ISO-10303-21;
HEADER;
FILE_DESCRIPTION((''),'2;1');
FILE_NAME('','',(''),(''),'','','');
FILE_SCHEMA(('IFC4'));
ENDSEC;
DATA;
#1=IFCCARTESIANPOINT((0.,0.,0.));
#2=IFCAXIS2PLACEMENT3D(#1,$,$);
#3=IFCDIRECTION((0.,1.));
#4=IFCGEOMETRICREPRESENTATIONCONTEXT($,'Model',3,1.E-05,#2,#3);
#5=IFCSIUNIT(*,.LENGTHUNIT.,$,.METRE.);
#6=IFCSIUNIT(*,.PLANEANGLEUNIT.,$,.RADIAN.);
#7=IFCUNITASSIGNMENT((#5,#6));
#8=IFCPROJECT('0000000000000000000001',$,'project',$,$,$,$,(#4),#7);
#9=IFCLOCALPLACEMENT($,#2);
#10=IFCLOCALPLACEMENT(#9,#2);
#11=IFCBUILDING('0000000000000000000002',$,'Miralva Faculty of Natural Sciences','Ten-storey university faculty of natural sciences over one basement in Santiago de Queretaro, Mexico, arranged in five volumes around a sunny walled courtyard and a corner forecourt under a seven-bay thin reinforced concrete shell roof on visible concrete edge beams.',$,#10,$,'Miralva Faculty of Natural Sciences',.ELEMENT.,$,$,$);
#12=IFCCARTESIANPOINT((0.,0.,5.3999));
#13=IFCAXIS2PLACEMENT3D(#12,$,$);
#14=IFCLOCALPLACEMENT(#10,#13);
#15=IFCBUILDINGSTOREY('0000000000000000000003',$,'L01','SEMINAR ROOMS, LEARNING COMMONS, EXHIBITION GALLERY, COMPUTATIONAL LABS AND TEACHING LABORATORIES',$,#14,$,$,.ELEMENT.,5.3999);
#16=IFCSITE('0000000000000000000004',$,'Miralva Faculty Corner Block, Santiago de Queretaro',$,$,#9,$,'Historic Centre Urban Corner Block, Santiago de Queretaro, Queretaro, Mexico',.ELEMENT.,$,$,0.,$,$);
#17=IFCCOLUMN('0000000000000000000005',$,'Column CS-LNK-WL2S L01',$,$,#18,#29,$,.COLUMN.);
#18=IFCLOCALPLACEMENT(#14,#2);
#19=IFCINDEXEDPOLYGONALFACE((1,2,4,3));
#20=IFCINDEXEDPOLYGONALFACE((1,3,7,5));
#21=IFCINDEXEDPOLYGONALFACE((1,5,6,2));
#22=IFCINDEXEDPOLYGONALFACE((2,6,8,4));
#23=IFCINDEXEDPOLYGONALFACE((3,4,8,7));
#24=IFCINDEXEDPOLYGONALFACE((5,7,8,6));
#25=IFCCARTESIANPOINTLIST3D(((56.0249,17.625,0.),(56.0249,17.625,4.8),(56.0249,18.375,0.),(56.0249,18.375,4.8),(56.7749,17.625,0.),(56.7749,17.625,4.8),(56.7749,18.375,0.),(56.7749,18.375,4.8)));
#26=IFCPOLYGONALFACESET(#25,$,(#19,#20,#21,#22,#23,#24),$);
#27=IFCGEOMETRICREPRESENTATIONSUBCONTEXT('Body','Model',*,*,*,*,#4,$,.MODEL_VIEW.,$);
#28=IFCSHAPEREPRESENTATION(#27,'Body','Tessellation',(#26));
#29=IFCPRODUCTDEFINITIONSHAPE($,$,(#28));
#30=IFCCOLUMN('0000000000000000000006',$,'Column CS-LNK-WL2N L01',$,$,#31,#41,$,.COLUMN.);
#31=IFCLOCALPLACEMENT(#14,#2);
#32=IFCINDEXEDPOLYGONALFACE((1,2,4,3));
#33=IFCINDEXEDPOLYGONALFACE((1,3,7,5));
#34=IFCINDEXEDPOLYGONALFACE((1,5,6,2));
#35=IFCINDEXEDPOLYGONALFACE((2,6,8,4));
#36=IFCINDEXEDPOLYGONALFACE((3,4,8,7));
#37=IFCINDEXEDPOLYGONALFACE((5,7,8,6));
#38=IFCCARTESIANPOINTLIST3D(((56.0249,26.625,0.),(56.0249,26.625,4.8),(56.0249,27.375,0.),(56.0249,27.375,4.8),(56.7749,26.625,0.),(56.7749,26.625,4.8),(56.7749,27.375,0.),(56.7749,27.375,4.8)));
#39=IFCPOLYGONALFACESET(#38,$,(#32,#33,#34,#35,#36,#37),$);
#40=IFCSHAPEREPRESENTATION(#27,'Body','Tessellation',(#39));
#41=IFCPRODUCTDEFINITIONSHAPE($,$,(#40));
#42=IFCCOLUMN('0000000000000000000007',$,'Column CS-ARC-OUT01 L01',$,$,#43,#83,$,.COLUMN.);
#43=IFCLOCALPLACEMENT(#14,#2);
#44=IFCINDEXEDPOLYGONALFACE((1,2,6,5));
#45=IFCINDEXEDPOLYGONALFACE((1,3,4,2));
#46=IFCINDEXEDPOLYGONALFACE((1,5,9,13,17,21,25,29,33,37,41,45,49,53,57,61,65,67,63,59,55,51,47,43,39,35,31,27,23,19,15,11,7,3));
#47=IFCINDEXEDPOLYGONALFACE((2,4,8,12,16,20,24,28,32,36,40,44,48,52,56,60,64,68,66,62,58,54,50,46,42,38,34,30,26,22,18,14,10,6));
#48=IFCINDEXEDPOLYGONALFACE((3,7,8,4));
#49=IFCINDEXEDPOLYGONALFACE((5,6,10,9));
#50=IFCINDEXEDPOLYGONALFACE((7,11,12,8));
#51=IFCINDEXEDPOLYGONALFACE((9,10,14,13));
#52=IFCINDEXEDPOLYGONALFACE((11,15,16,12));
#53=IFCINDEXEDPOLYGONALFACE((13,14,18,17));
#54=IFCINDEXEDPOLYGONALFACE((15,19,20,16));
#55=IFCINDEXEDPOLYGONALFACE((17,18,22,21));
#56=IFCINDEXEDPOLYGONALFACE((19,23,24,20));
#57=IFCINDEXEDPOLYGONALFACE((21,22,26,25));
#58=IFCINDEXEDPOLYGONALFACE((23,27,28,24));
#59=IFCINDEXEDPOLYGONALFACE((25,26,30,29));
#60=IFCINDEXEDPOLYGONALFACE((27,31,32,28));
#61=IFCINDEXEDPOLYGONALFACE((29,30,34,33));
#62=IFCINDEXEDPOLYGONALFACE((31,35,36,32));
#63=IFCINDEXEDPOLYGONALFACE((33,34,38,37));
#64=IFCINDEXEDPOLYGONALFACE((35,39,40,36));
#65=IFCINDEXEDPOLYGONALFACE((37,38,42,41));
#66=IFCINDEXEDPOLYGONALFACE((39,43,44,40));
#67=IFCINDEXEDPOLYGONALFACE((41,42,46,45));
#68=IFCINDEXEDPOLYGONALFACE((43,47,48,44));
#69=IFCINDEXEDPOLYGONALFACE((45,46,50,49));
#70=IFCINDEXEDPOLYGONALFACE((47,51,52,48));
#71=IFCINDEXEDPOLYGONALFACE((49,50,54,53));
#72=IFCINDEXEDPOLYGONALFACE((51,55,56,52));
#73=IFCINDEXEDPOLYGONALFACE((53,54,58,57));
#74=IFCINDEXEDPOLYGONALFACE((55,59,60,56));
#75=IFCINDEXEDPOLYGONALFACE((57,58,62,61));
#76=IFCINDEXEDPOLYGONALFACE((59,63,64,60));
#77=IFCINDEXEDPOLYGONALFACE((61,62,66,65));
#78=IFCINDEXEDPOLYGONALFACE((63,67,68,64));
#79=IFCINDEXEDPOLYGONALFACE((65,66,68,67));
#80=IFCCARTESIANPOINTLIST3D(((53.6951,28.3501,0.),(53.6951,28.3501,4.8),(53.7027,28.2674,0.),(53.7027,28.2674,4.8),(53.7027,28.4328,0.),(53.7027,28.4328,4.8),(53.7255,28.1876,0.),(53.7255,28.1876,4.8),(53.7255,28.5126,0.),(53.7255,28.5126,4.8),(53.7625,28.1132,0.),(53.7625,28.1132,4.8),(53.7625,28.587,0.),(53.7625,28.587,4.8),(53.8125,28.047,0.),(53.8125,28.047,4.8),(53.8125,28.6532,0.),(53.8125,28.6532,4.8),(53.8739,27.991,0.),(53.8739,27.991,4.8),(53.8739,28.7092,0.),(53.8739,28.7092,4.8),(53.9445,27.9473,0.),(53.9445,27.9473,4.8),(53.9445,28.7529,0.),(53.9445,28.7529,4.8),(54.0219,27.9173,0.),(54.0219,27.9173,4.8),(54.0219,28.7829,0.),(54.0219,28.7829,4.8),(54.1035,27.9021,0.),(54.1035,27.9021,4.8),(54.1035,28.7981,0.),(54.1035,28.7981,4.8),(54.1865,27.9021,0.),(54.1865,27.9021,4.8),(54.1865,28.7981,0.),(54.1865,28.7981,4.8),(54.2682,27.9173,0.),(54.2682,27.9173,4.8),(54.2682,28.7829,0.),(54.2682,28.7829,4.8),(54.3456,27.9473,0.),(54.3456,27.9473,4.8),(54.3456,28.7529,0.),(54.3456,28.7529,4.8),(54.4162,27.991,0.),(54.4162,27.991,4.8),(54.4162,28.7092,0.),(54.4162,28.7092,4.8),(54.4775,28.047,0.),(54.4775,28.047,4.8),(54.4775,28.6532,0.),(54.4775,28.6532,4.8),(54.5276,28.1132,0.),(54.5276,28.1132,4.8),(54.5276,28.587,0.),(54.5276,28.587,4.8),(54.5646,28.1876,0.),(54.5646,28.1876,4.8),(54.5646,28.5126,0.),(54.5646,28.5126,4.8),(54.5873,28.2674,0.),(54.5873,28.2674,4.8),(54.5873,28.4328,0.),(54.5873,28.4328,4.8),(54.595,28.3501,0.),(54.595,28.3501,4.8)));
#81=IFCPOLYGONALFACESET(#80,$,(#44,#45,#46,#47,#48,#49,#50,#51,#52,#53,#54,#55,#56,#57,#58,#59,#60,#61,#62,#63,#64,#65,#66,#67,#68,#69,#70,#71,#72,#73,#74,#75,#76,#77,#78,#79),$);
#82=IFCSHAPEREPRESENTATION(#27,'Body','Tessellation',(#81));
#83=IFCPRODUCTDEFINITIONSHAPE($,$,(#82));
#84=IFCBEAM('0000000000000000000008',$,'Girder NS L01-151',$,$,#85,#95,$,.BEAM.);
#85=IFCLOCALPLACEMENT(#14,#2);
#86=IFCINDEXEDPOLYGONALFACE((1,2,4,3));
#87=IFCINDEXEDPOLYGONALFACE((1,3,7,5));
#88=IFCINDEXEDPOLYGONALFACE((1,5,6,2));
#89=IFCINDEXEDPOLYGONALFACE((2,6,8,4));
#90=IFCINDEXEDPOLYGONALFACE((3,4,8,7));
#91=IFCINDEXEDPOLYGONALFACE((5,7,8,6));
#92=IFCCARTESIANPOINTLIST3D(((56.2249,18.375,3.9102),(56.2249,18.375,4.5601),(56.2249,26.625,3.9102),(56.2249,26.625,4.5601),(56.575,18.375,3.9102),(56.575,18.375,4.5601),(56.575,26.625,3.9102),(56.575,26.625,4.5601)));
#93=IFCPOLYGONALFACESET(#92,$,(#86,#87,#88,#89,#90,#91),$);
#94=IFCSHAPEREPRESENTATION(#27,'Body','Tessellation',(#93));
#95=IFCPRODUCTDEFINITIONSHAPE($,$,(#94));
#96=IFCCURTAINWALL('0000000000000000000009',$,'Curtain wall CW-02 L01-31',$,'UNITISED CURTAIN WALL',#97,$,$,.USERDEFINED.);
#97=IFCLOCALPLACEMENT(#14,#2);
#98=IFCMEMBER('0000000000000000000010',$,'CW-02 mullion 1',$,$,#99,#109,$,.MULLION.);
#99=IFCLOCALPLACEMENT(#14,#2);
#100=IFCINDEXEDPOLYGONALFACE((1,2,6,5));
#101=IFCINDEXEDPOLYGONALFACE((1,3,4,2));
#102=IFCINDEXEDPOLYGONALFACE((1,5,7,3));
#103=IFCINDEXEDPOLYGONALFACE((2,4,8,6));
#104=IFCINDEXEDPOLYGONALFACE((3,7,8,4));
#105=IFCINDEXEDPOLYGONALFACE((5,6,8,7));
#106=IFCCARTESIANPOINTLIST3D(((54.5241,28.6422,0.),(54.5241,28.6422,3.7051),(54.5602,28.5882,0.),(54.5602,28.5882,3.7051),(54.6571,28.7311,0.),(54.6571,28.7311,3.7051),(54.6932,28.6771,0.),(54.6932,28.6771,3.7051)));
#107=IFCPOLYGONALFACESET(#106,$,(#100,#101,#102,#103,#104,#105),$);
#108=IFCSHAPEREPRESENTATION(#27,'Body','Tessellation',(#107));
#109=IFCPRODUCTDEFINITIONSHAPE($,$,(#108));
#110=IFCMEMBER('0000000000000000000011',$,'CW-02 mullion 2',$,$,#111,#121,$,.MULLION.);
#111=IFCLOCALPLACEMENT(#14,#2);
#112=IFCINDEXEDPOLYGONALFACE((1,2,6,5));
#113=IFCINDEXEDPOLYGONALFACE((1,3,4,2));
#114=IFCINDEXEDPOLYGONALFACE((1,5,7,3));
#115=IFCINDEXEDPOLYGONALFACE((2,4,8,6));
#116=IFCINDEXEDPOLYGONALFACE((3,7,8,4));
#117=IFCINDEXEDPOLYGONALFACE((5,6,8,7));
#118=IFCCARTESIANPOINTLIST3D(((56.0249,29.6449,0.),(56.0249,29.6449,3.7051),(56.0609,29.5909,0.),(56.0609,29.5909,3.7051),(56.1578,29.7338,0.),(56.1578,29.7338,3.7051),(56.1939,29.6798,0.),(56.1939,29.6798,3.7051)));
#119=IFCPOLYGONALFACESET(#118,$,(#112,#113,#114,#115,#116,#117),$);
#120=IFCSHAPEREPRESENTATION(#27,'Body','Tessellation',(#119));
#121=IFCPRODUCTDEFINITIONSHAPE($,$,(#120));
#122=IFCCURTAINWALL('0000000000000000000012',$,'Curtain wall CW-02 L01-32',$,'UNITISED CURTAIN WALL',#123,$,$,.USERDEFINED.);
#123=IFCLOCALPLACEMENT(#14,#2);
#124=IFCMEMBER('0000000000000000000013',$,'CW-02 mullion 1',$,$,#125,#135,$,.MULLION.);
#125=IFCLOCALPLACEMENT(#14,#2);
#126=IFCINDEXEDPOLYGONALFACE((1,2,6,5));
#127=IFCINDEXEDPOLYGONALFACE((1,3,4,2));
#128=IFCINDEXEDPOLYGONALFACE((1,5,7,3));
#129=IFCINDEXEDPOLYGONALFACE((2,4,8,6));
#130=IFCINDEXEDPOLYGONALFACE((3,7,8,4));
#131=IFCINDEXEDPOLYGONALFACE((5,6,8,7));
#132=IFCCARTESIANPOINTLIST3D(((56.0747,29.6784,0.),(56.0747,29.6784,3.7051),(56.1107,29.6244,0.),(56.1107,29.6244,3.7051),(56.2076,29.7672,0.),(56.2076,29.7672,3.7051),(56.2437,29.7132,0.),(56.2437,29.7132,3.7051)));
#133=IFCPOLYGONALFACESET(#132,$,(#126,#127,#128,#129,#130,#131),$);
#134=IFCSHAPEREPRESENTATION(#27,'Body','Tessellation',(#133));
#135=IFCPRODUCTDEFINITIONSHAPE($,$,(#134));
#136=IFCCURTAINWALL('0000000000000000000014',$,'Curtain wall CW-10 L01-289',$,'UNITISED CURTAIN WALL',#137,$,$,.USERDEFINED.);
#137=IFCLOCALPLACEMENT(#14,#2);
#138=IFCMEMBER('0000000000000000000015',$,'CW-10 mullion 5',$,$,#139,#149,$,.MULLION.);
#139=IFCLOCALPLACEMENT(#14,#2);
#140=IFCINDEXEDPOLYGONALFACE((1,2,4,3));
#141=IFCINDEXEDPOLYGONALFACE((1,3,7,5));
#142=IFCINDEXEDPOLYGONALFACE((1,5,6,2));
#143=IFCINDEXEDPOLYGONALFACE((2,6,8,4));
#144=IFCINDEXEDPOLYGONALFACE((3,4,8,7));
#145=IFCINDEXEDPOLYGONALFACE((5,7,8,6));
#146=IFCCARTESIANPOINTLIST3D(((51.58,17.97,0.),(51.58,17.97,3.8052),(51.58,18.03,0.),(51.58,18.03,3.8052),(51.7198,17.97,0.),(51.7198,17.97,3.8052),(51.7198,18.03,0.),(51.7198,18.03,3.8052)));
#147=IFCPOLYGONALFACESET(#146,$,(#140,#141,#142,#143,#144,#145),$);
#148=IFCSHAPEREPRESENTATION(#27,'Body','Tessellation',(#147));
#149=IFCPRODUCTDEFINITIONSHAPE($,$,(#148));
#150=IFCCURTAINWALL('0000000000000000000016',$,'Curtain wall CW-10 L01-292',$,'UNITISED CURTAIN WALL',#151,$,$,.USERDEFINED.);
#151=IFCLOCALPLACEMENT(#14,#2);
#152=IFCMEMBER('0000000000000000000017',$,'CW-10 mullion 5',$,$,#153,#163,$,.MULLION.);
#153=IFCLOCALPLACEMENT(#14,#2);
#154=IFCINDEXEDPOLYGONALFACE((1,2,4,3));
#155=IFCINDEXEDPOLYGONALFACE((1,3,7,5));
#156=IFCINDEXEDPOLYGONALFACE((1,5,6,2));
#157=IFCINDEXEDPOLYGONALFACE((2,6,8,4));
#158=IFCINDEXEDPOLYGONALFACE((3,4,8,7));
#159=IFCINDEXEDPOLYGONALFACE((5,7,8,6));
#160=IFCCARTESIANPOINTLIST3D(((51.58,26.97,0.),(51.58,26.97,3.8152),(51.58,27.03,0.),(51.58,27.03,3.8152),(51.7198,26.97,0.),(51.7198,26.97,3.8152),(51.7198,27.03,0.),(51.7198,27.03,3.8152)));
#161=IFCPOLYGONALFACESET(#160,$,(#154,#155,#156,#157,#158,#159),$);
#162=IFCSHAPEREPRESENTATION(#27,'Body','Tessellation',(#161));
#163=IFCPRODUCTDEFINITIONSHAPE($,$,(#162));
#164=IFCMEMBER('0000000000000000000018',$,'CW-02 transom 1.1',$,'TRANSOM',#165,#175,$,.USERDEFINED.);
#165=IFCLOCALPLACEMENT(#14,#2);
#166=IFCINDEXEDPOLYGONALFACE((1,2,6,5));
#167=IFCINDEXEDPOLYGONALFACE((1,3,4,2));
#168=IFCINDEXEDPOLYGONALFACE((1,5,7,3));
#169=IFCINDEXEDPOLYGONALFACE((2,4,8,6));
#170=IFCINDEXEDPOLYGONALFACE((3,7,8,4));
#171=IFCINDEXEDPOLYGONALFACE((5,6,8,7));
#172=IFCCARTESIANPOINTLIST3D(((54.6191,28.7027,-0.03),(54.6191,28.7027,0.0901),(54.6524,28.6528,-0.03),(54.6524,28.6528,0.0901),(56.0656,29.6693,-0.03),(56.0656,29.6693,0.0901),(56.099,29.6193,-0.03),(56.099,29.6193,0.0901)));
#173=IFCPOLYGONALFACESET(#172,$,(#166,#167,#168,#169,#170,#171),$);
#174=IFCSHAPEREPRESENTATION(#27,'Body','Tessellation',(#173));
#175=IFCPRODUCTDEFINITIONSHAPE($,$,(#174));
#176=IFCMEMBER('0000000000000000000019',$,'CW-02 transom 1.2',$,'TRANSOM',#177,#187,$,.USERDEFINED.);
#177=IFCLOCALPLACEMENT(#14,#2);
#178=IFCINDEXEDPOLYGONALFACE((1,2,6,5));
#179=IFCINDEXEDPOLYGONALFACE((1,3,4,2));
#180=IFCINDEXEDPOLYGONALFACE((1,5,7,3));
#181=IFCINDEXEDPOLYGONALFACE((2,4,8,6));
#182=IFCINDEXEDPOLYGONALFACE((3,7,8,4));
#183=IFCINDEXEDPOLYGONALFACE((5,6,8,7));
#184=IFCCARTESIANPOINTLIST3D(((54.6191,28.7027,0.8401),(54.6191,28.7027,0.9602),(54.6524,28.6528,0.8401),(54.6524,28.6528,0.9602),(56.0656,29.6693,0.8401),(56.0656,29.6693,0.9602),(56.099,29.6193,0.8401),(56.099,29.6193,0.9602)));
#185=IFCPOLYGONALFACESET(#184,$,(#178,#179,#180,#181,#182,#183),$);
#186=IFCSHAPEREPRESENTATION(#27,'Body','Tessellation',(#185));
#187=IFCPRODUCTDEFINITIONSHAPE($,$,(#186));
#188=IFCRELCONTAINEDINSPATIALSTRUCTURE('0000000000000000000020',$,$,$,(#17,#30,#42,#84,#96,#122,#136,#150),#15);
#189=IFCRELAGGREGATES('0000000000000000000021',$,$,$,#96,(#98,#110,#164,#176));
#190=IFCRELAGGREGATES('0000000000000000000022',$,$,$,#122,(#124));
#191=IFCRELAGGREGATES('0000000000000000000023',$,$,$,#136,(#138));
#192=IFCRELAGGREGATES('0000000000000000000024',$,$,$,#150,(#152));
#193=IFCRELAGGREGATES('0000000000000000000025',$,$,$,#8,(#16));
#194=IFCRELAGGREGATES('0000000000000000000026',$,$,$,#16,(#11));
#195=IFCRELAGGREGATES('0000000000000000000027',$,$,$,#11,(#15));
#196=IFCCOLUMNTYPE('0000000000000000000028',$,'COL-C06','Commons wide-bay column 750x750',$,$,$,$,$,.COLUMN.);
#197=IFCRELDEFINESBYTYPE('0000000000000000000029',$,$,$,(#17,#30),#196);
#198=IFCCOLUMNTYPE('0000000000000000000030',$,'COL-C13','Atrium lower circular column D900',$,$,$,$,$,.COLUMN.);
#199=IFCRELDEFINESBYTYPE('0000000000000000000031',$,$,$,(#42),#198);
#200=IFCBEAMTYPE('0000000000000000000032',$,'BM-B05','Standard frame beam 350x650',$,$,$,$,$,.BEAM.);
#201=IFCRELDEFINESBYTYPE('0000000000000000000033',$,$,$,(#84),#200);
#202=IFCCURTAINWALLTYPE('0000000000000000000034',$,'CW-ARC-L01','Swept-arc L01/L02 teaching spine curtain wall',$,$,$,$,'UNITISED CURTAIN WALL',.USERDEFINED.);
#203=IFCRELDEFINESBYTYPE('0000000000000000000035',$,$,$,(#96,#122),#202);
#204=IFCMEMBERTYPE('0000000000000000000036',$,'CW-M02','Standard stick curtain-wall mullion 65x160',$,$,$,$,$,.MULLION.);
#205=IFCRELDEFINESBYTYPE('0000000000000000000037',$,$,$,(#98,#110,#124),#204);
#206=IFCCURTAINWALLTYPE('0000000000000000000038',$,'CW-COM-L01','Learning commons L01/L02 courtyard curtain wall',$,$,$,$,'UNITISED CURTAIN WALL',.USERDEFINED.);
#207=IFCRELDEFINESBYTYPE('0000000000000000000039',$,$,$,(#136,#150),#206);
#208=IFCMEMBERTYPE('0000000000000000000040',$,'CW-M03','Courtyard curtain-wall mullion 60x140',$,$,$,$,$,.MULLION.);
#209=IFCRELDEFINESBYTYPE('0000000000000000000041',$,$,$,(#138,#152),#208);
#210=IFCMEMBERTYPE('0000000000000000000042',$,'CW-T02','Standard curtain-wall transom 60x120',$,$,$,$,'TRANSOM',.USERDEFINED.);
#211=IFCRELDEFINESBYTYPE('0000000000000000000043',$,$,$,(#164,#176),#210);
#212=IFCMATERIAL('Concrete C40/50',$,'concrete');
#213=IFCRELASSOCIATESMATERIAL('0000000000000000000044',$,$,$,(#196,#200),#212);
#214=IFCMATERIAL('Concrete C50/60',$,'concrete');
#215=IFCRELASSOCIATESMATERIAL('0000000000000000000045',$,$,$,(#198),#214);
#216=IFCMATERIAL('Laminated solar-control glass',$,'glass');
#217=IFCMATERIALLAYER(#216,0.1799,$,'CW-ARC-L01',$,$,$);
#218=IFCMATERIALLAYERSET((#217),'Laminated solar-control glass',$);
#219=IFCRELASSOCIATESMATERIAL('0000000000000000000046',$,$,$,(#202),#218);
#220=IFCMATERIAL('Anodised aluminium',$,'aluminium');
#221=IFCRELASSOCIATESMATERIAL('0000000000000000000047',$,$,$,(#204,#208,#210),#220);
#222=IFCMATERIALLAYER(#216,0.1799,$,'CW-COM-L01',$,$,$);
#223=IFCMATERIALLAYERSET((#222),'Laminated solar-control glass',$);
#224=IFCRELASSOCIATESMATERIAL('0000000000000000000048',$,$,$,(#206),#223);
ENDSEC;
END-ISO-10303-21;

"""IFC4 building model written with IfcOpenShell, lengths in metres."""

from ifc_helpers import new_model, si_unit, direction, frame, origin, origin_2d, place, context, subcontext, project, spatial, rectangle, circle, extrude, material, layer, layer_set, material_profile, profile_set, type_object, element, aggregate, save


model = new_model("IFC4")

# Units and contexts
model_context = context("Model", 3, precision=1e-05, world=origin(), true_north=direction((0.0, 1.0)))
body_context = subcontext(model_context, "Body", "Model", "MODEL_VIEW")
ifc_project = project(units=[si_unit("LENGTHUNIT", "METRE"), si_unit("PLANEANGLEUNIT", "RADIAN")], contexts=[model_context])

# Site, building, storey
site_placement = place(None, origin())
site = spatial("IfcSite", under=ifc_project, at=site_placement, Name="Miralva Faculty Corner Block, Santiago de Queretaro", LongName="Historic Centre Urban Corner Block, Santiago de Queretaro, Queretaro, Mexico", CompositionType="ELEMENT", RefElevation=0.0)
building_placement = place(site_placement, origin())
building = spatial("IfcBuilding", under=site, at=building_placement, Name="Miralva Faculty of Natural Sciences", Description="Ten-storey university faculty of natural sciences over one basement in Santiago de Queretaro, Mexico, arranged in five volumes around a sunny walled courtyard and a corner forecourt under a seven-bay thin reinforced concrete shell roof on visible concrete edge beams.", LongName="Miralva Faculty of Natural Sciences", CompositionType="ELEMENT")
storey_placement = place(building_placement, frame((0.0, 0.0, 5.3999)))
storey = spatial("IfcBuildingStorey", under=building, at=storey_placement, Name="L01", Description="SEMINAR ROOMS, LEARNING COMMONS, EXHIBITION GALLERY, COMPUTATIONAL LABS AND TEACHING LABORATORIES", CompositionType="ELEMENT", Elevation=5.3999)

# Columns
ifc_material_1 = material(Name="Concrete C40/50", Category="concrete")
ifc_material_profile_1 = material_profile(ifc_material_1, rectangle(XDim=0.75, YDim=0.75, at=origin_2d()), Name="RC 750x750")
ifc_profile_set_1 = profile_set([ifc_material_profile_1], Name="Concrete C40/50")
column_type_1 = type_object("IfcColumnType", Name="COL-C06", Description="Commons wide-bay column 750x750", PredefinedType="COLUMN", material=ifc_profile_set_1)
for number, where, z_axis, x_axis, name in (
    (1, (56.3999, 18.0, 0.0), (0.0, 0.0, 1.0), (1.0, 0.0, 0.0), "Column CS-LNK-WL2S L01"),
    (2, (56.3999, 27.0, 0.0), (0.0, 0.0, 1.0), (1.0, 0.0, 0.0), "Column CS-LNK-WL2N L01"),
):
    element("IfcColumn", number, at=place(storey_placement, frame(where, z_axis=z_axis, x_axis=x_axis)), inside=storey, type_object=column_type_1, Name=name, PredefinedType="COLUMN", context=body_context, shape_type="SweptSolid", body=[
        extrude(rectangle(XDim=0.75, YDim=0.75, at=origin_2d()), origin(), (0.0, 0.0, 1.0), 4.8),
    ])
ifc_material_2 = material(Name="Concrete C50/60", Category="concrete")
ifc_material_profile_2 = material_profile(ifc_material_2, circle(Radius=0.45, at=origin_2d()), Name="RC DIA 900")
ifc_profile_set_2 = profile_set([ifc_material_profile_2], Name="Concrete C50/60")
column_type_2 = type_object("IfcColumnType", Name="COL-C13", Description="Atrium lower circular column D900", PredefinedType="COLUMN", material=ifc_profile_set_2)
column_placement = place(storey_placement, frame((54.145, 28.3501, 0.0), z_axis=(0.0, 0.0, 1.0), x_axis=(1.0, 0.0, 0.0)))
element("IfcColumn", 3, at=column_placement, inside=storey, type_object=column_type_2, Name="Column CS-ARC-OUT01 L01", PredefinedType="COLUMN", context=body_context, shape_type="SweptSolid", body=[
    extrude(circle(Radius=0.45, at=origin_2d()), origin(), (0.0, 0.0, 1.0), 4.8),
])

# Beam
ifc_material_profile_3 = material_profile(ifc_material_1, rectangle(XDim=0.3501, YDim=0.6499, at=origin_2d()), Name="RC 350x650")
ifc_profile_set_3 = profile_set([ifc_material_profile_3], Name="Concrete C40/50")
beam_type = type_object("IfcBeamType", Name="BM-B05", Description="Standard frame beam 350x650", PredefinedType="BEAM", material=ifc_profile_set_3)
beam_placement = place(storey_placement, frame((56.3999, 18.375, 4.2351), z_axis=(0.0, 1.0, 0.0), x_axis=(-1.0, 0.0, 0.0)))
element("IfcBeam", 4, at=beam_placement, inside=storey, type_object=beam_type, Name="Girder NS L01-151", PredefinedType="BEAM", context=body_context, shape_type="SweptSolid", body=[
    extrude(rectangle(XDim=0.3501, YDim=0.6499, at=origin_2d()), origin(), (0.0, 0.0, 1.0), 8.25),
])

# Curtain wall, members
ifc_material_3 = material(Name="Laminated solar-control glass", Category="glass")
ifc_layer_1 = layer(ifc_material_3, 0.1799, Name="CW-ARC-L01")
ifc_layer_set_1 = layer_set([ifc_layer_1], Name="Laminated solar-control glass")
curtain_wall_type_1 = type_object("IfcCurtainWallType", Name="CW-ARC-L01", Description="Swept-arc L01/L02 teaching spine curtain wall", ElementType="UNITISED CURTAIN WALL", PredefinedType="USERDEFINED", material=ifc_layer_set_1)
curtain_wall_1_placement = place(storey_placement, origin())
curtain_wall_1 = element("IfcCurtainWall", 5, at=curtain_wall_1_placement, inside=storey, type_object=curtain_wall_type_1, Name="Curtain wall CW-02 L01-31", ObjectType="UNITISED CURTAIN WALL", PredefinedType="USERDEFINED")
ifc_material_4 = material(Name="Anodised aluminium", Category="aluminium")
ifc_material_profile_4 = material_profile(ifc_material_4, rectangle(XDim=0.0649, YDim=0.1599, at=origin_2d()), Name="MULLION 65x160")
ifc_profile_set_4 = profile_set([ifc_material_profile_4], Name="Anodised aluminium")
member_type_1 = type_object("IfcMemberType", Name="CW-M02", Description="Standard stick curtain-wall mullion 65x160", PredefinedType="MULLION", material=ifc_profile_set_4)
member_1_placement = place(storey_placement, frame((54.6086, 28.6597, 0.0), z_axis=(0.0, 0.0, 1.0), x_axis=(-0.555564, 0.831474, 0.0)))
member_1 = element("IfcMember", 6, at=member_1_placement, type_object=member_type_1, Name="CW-02 mullion 1", PredefinedType="MULLION", context=body_context, shape_type="SweptSolid", body=[
    extrude(rectangle(XDim=0.0649, YDim=0.1599, at=origin_2d()), origin(), (0.0, 0.0, 1.0), 3.7051),
])
member_2_placement = place(storey_placement, frame((56.1094, 29.6624, 0.0), z_axis=(0.0, 0.0, 1.0), x_axis=(-0.555564, 0.831474, 0.0)))
member_2 = element("IfcMember", 7, at=member_2_placement, type_object=member_type_1, Name="CW-02 mullion 2", PredefinedType="MULLION", context=body_context, shape_type="SweptSolid", body=[
    extrude(rectangle(XDim=0.0649, YDim=0.1599, at=origin_2d()), origin(), (0.0, 0.0, 1.0), 3.7051),
])

# Curtain walls, members
curtain_wall_2_placement = place(storey_placement, origin())
curtain_wall_2 = element("IfcCurtainWall", 8, at=curtain_wall_2_placement, inside=storey, type_object=curtain_wall_type_1, Name="Curtain wall CW-02 L01-32", ObjectType="UNITISED CURTAIN WALL", PredefinedType="USERDEFINED")
member_3_placement = place(storey_placement, frame((56.1592, 29.6958, 0.0), z_axis=(0.0, 0.0, 1.0), x_axis=(-0.55556, 0.831476, 0.0)))
member_3 = element("IfcMember", 9, at=member_3_placement, type_object=member_type_1, Name="CW-02 mullion 1", PredefinedType="MULLION", context=body_context, shape_type="SweptSolid", body=[
    extrude(rectangle(XDim=0.0649, YDim=0.1599, at=origin_2d()), origin(), (0.0, 0.0, 1.0), 3.7051),
])
ifc_layer_2 = layer(ifc_material_3, 0.1799, Name="CW-COM-L01")
ifc_layer_set_2 = layer_set([ifc_layer_2], Name="Laminated solar-control glass")
curtain_wall_type_2 = type_object("IfcCurtainWallType", Name="CW-COM-L01", Description="Learning commons L01/L02 courtyard curtain wall", ElementType="UNITISED CURTAIN WALL", PredefinedType="USERDEFINED", material=ifc_layer_set_2)
curtain_wall_3_placement = place(storey_placement, origin())
curtain_wall_3 = element("IfcCurtainWall", 10, at=curtain_wall_3_placement, inside=storey, type_object=curtain_wall_type_2, Name="Curtain wall CW-10 L01-289", ObjectType="UNITISED CURTAIN WALL", PredefinedType="USERDEFINED")
ifc_material_profile_5 = material_profile(ifc_material_4, rectangle(XDim=0.0601, YDim=0.1399, at=origin_2d()), Name="MULLION 60x140")
ifc_profile_set_5 = profile_set([ifc_material_profile_5], Name="Anodised aluminium")
member_type_2 = type_object("IfcMemberType", Name="CW-M03", Description="Courtyard curtain-wall mullion 60x140", PredefinedType="MULLION", material=ifc_profile_set_5)
member_4_placement = place(storey_placement, frame((51.6499, 18.0, 0.0), z_axis=(0.0, 0.0, 1.0), x_axis=(0.0, 1.0, 0.0)))
member_4 = element("IfcMember", 11, at=member_4_placement, type_object=member_type_2, Name="CW-10 mullion 5", PredefinedType="MULLION", context=body_context, shape_type="SweptSolid", body=[
    extrude(rectangle(XDim=0.0601, YDim=0.1399, at=origin_2d()), origin(), (0.0, 0.0, 1.0), 3.8052),
])
curtain_wall_4_placement = place(storey_placement, origin())
curtain_wall_4 = element("IfcCurtainWall", 12, at=curtain_wall_4_placement, inside=storey, type_object=curtain_wall_type_2, Name="Curtain wall CW-10 L01-292", ObjectType="UNITISED CURTAIN WALL", PredefinedType="USERDEFINED")
member_5_placement = place(storey_placement, frame((51.6499, 27.0, 0.0), z_axis=(0.0, 0.0, 1.0), x_axis=(0.0, 1.0, 0.0)))
member_5 = element("IfcMember", 13, at=member_5_placement, type_object=member_type_2, Name="CW-10 mullion 5", PredefinedType="MULLION", context=body_context, shape_type="SweptSolid", body=[
    extrude(rectangle(XDim=0.0601, YDim=0.1399, at=origin_2d()), origin(), (0.0, 0.0, 1.0), 3.8152),
])

# Members
ifc_material_profile_6 = material_profile(ifc_material_4, rectangle(XDim=0.0601, YDim=0.1201, at=origin_2d()), Name="TRANSOM 60x120")
ifc_profile_set_6 = profile_set([ifc_material_profile_6], Name="Anodised aluminium")
member_type_3 = type_object("IfcMemberType", Name="CW-T02", Description="Standard curtain-wall transom 60x120", ElementType="TRANSOM", PredefinedType="USERDEFINED", material=ifc_profile_set_6)
member_6_placement = place(storey_placement, frame((54.6357, 28.6777, 0.03), z_axis=(0.831467, 0.555574, 0.0), x_axis=(-0.555574, 0.831467, 0.0)))
member_6 = element("IfcMember", 14, at=member_6_placement, type_object=member_type_3, Name="CW-02 transom 1.1", ObjectType="TRANSOM", PredefinedType="USERDEFINED", context=body_context, shape_type="SweptSolid", body=[
    extrude(rectangle(XDim=0.0601, YDim=0.1201, at=origin_2d()), origin(), (0.0, 0.0, 1.0), 1.7397),
])
member_7_placement = place(storey_placement, frame((54.6357, 28.6777, 0.9001), z_axis=(0.831467, 0.555574, 0.0), x_axis=(-0.555574, 0.831467, 0.0)))
member_7 = element("IfcMember", 15, at=member_7_placement, type_object=member_type_3, Name="CW-02 transom 1.2", ObjectType="TRANSOM", PredefinedType="USERDEFINED", context=body_context, shape_type="SweptSolid", body=[
    extrude(rectangle(XDim=0.0601, YDim=0.1201, at=origin_2d()), origin(), (0.0, 0.0, 1.0), 1.7397),
])

aggregate(curtain_wall_1, [member_1, member_2, member_6, member_7])
aggregate(curtain_wall_2, [member_3])
aggregate(curtain_wall_3, [member_4])
aggregate(curtain_wall_4, [member_5])

save(model, "model.ifc")
